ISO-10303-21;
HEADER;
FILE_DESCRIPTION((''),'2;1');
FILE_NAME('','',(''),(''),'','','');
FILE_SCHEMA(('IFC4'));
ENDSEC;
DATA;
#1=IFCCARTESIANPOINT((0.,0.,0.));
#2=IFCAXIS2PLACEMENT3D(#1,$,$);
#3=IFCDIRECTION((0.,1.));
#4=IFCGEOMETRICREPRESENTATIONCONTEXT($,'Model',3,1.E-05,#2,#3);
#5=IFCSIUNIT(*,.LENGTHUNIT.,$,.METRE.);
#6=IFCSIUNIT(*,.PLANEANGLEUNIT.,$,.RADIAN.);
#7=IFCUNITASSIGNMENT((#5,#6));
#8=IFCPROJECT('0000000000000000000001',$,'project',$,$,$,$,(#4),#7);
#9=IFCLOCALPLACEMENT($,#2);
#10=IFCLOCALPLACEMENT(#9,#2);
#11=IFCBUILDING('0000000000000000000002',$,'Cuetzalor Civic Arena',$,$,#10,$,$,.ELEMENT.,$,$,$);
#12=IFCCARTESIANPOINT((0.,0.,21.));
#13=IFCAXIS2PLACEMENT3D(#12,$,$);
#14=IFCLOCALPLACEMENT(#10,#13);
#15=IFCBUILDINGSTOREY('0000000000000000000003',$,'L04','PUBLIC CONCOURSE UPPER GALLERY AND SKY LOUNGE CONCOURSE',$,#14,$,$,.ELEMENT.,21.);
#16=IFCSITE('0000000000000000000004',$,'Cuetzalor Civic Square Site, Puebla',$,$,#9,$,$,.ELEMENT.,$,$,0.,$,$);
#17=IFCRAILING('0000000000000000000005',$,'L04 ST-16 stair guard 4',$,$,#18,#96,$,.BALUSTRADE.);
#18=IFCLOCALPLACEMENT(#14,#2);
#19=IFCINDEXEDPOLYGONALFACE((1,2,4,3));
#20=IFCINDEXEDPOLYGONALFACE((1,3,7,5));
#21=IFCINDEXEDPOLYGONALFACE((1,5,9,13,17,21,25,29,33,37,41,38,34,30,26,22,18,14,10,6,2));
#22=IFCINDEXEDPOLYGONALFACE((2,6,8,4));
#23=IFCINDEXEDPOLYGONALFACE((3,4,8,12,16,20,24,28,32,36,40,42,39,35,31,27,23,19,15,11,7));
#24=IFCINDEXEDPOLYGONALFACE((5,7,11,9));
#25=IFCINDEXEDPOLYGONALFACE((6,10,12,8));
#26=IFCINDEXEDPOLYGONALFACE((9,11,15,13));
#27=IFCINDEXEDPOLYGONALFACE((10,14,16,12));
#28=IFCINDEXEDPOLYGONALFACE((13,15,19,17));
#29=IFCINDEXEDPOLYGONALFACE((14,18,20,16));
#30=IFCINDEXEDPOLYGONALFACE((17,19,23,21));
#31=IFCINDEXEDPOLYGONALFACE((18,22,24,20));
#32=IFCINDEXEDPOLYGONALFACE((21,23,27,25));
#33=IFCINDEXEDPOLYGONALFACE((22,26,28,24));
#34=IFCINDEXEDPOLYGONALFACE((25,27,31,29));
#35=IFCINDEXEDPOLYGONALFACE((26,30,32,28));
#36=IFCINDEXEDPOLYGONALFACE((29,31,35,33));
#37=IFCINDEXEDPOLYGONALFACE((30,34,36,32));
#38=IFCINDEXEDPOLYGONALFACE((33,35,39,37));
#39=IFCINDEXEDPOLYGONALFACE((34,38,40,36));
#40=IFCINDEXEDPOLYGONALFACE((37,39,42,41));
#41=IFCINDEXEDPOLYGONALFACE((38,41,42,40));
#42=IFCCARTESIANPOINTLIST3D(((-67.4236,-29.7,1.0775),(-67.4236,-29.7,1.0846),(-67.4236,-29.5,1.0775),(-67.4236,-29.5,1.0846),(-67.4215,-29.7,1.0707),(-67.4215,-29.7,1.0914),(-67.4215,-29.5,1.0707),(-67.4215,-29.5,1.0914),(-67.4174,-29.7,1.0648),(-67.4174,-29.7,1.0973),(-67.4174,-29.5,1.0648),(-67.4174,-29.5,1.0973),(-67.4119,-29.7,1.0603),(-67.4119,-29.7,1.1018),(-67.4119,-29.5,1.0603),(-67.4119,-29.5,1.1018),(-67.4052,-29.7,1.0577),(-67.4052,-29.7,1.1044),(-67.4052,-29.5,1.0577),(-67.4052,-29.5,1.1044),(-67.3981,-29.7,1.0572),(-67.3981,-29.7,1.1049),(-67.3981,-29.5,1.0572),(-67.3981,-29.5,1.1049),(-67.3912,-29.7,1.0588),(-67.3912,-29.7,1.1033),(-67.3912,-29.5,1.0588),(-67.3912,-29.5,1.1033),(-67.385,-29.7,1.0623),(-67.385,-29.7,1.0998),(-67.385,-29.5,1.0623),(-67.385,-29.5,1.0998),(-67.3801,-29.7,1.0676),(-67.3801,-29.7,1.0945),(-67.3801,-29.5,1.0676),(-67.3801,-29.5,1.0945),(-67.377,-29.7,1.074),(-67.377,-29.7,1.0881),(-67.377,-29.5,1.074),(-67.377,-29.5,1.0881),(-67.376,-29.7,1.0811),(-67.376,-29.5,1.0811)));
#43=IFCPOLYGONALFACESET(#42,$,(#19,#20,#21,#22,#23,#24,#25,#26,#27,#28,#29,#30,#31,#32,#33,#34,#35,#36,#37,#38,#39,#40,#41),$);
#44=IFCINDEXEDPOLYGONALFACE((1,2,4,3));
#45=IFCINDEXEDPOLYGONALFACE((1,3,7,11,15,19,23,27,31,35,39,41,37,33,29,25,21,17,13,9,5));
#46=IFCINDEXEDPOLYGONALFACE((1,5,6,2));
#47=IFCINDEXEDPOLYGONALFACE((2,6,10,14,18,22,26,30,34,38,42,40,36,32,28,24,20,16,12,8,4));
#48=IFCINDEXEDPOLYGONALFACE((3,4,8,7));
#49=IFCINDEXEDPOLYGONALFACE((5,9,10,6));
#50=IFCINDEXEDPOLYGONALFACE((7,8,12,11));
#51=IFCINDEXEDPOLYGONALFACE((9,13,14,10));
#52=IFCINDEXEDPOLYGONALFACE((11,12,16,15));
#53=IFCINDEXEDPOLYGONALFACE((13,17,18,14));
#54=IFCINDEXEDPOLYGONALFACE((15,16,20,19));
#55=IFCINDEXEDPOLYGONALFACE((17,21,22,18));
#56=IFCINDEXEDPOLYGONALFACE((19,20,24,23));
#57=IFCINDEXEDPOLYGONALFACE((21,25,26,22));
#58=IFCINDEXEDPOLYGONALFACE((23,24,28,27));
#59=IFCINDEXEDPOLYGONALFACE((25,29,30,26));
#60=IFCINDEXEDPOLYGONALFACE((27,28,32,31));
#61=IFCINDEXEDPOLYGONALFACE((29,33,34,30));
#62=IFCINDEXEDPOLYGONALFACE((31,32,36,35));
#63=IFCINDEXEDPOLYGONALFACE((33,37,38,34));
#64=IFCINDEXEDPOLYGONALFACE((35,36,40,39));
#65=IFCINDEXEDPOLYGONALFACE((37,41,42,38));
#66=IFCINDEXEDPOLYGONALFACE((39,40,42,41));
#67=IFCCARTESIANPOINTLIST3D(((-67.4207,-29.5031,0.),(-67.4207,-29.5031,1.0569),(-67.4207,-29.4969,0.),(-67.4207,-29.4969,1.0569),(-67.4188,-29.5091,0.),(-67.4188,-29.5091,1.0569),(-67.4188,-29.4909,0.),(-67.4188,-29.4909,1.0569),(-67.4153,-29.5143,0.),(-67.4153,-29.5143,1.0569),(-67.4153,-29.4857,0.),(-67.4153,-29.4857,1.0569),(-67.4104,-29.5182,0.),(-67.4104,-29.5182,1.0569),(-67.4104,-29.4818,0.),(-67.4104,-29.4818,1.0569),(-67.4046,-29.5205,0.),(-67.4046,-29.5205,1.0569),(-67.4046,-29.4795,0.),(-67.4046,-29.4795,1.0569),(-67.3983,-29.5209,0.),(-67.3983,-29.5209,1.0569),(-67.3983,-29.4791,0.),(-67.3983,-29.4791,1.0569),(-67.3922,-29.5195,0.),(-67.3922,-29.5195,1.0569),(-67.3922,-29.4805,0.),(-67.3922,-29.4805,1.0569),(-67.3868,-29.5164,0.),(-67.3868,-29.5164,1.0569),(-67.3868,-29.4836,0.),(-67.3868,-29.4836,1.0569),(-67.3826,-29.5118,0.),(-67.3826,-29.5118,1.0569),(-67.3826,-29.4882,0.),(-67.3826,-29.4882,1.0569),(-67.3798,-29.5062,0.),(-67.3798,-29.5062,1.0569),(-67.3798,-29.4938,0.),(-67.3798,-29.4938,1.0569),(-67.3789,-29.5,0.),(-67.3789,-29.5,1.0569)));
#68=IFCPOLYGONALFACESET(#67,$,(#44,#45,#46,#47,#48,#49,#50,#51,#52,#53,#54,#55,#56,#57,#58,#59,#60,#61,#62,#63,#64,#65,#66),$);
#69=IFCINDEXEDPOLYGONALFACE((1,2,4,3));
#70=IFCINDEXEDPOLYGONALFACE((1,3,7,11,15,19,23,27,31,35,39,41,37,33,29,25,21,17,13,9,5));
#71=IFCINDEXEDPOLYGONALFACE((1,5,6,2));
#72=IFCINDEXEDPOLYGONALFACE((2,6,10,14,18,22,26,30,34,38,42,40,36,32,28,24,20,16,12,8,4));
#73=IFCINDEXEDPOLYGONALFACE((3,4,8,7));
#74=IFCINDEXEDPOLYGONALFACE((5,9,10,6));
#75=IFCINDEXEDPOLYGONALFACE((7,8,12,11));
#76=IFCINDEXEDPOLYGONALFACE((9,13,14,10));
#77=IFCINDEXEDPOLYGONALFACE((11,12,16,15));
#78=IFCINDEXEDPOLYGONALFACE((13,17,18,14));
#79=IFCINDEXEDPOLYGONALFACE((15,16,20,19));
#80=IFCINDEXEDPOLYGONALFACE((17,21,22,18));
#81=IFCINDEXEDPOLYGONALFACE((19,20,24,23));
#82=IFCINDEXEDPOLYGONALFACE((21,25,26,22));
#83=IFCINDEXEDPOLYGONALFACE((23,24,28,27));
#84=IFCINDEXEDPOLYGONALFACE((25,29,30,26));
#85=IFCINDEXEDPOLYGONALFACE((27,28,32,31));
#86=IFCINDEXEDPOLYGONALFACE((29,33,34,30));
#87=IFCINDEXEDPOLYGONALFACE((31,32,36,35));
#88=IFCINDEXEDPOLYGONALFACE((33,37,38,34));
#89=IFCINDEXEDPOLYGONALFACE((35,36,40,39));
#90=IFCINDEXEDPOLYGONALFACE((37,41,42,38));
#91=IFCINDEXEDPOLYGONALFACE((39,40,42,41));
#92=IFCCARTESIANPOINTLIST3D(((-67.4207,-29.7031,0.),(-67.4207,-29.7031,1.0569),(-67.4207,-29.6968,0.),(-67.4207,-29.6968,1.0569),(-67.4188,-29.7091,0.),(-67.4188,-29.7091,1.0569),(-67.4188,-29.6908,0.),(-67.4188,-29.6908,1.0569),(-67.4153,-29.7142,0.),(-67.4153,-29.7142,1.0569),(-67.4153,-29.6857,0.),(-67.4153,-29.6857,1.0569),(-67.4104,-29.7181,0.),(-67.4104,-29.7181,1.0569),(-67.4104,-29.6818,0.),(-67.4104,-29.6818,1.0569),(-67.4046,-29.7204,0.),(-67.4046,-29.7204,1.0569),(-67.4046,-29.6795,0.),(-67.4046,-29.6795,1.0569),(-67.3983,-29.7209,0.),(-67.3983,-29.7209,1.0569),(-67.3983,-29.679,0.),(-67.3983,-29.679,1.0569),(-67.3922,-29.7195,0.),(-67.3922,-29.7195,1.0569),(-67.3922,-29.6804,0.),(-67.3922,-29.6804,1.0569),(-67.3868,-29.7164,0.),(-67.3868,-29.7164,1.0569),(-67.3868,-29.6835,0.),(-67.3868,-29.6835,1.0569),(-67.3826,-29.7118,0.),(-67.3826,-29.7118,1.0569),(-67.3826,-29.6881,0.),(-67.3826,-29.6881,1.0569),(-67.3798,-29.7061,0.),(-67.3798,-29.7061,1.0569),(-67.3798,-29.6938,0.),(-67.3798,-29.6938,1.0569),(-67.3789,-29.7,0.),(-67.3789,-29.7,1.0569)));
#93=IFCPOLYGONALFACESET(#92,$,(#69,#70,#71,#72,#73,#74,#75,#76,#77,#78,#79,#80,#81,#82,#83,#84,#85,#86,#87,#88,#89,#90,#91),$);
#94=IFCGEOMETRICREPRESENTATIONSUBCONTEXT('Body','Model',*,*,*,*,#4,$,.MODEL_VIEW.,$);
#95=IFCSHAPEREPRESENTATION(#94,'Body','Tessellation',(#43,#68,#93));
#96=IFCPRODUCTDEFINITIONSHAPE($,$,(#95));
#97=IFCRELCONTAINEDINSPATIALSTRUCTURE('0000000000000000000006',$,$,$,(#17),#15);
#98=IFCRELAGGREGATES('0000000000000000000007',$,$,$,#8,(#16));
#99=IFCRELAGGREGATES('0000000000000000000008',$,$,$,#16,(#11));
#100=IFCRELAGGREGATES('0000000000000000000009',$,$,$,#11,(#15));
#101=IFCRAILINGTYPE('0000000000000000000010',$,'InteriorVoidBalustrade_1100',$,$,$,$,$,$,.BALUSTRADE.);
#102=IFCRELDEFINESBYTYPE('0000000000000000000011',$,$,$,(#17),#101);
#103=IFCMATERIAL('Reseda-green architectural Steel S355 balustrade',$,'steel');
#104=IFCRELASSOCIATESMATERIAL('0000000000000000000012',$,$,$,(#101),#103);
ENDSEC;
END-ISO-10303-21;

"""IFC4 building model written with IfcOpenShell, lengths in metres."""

from ifc_helpers import new_model, si_unit, direction, frame, origin, origin_2d, place, context, subcontext, project, spatial, circle, extrude, material, type_object, element, save


model = new_model("IFC4")

# Units and contexts
model_context = context("Model", 3, precision=1e-05, world=origin(), true_north=direction((0.0, 1.0)))
body_context = subcontext(model_context, "Body", "Model", "MODEL_VIEW")
ifc_project = project(units=[si_unit("LENGTHUNIT", "METRE"), si_unit("PLANEANGLEUNIT", "RADIAN")], contexts=[model_context])

# Site, building, storey
site_placement = place(None, origin())
site = spatial("IfcSite", under=ifc_project, at=site_placement, Name="Cuetzalor Civic Square Site, Puebla", CompositionType="ELEMENT", RefElevation=0.0)
building_placement = place(site_placement, origin())
building = spatial("IfcBuilding", under=site, at=building_placement, Name="Cuetzalor Civic Arena", CompositionType="ELEMENT")
storey_placement = place(building_placement, frame((0.0, 0.0, 21.0)))
storey = spatial("IfcBuildingStorey", under=building, at=storey_placement, Name="L04", Description="PUBLIC CONCOURSE UPPER GALLERY AND SKY LOUNGE CONCOURSE", CompositionType="ELEMENT", Elevation=21.0)

# Railing
ifc_material_1 = material(Name="Reseda-green architectural Steel S355 balustrade", Category="steel")
railing_type_1 = type_object("IfcRailingType", Name="InteriorVoidBalustrade_1100", PredefinedType="BALUSTRADE", material=ifc_material_1)
railing_1_placement = place(storey_placement, frame((-67.3999, -29.5, 0.0)))
element("IfcRailing", 1, at=railing_1_placement, inside=storey, type_object=railing_type_1, Name="L04 ST-16 stair guard 4", PredefinedType="BALUSTRADE", context=body_context, shape_type="SweptSolid", body=[
    extrude(circle(Radius=0.0239, at=origin_2d()), frame((0.0, 0.0, 1.0811), z_axis=(0.0, -1.0, 0.0), x_axis=(1.0, 0.0, 0.0)), (0.0, 0.0, 1.0), 0.2),
    extrude(circle(Radius=0.021, at=origin_2d()), origin(), (0.0, 0.0, 1.0), 1.0569),
    extrude(circle(Radius=0.021, at=origin_2d()), frame((0.0, -0.2, 0.0)), (0.0, 0.0, 1.0), 1.0569),
])

save(model, "model.ifc")
